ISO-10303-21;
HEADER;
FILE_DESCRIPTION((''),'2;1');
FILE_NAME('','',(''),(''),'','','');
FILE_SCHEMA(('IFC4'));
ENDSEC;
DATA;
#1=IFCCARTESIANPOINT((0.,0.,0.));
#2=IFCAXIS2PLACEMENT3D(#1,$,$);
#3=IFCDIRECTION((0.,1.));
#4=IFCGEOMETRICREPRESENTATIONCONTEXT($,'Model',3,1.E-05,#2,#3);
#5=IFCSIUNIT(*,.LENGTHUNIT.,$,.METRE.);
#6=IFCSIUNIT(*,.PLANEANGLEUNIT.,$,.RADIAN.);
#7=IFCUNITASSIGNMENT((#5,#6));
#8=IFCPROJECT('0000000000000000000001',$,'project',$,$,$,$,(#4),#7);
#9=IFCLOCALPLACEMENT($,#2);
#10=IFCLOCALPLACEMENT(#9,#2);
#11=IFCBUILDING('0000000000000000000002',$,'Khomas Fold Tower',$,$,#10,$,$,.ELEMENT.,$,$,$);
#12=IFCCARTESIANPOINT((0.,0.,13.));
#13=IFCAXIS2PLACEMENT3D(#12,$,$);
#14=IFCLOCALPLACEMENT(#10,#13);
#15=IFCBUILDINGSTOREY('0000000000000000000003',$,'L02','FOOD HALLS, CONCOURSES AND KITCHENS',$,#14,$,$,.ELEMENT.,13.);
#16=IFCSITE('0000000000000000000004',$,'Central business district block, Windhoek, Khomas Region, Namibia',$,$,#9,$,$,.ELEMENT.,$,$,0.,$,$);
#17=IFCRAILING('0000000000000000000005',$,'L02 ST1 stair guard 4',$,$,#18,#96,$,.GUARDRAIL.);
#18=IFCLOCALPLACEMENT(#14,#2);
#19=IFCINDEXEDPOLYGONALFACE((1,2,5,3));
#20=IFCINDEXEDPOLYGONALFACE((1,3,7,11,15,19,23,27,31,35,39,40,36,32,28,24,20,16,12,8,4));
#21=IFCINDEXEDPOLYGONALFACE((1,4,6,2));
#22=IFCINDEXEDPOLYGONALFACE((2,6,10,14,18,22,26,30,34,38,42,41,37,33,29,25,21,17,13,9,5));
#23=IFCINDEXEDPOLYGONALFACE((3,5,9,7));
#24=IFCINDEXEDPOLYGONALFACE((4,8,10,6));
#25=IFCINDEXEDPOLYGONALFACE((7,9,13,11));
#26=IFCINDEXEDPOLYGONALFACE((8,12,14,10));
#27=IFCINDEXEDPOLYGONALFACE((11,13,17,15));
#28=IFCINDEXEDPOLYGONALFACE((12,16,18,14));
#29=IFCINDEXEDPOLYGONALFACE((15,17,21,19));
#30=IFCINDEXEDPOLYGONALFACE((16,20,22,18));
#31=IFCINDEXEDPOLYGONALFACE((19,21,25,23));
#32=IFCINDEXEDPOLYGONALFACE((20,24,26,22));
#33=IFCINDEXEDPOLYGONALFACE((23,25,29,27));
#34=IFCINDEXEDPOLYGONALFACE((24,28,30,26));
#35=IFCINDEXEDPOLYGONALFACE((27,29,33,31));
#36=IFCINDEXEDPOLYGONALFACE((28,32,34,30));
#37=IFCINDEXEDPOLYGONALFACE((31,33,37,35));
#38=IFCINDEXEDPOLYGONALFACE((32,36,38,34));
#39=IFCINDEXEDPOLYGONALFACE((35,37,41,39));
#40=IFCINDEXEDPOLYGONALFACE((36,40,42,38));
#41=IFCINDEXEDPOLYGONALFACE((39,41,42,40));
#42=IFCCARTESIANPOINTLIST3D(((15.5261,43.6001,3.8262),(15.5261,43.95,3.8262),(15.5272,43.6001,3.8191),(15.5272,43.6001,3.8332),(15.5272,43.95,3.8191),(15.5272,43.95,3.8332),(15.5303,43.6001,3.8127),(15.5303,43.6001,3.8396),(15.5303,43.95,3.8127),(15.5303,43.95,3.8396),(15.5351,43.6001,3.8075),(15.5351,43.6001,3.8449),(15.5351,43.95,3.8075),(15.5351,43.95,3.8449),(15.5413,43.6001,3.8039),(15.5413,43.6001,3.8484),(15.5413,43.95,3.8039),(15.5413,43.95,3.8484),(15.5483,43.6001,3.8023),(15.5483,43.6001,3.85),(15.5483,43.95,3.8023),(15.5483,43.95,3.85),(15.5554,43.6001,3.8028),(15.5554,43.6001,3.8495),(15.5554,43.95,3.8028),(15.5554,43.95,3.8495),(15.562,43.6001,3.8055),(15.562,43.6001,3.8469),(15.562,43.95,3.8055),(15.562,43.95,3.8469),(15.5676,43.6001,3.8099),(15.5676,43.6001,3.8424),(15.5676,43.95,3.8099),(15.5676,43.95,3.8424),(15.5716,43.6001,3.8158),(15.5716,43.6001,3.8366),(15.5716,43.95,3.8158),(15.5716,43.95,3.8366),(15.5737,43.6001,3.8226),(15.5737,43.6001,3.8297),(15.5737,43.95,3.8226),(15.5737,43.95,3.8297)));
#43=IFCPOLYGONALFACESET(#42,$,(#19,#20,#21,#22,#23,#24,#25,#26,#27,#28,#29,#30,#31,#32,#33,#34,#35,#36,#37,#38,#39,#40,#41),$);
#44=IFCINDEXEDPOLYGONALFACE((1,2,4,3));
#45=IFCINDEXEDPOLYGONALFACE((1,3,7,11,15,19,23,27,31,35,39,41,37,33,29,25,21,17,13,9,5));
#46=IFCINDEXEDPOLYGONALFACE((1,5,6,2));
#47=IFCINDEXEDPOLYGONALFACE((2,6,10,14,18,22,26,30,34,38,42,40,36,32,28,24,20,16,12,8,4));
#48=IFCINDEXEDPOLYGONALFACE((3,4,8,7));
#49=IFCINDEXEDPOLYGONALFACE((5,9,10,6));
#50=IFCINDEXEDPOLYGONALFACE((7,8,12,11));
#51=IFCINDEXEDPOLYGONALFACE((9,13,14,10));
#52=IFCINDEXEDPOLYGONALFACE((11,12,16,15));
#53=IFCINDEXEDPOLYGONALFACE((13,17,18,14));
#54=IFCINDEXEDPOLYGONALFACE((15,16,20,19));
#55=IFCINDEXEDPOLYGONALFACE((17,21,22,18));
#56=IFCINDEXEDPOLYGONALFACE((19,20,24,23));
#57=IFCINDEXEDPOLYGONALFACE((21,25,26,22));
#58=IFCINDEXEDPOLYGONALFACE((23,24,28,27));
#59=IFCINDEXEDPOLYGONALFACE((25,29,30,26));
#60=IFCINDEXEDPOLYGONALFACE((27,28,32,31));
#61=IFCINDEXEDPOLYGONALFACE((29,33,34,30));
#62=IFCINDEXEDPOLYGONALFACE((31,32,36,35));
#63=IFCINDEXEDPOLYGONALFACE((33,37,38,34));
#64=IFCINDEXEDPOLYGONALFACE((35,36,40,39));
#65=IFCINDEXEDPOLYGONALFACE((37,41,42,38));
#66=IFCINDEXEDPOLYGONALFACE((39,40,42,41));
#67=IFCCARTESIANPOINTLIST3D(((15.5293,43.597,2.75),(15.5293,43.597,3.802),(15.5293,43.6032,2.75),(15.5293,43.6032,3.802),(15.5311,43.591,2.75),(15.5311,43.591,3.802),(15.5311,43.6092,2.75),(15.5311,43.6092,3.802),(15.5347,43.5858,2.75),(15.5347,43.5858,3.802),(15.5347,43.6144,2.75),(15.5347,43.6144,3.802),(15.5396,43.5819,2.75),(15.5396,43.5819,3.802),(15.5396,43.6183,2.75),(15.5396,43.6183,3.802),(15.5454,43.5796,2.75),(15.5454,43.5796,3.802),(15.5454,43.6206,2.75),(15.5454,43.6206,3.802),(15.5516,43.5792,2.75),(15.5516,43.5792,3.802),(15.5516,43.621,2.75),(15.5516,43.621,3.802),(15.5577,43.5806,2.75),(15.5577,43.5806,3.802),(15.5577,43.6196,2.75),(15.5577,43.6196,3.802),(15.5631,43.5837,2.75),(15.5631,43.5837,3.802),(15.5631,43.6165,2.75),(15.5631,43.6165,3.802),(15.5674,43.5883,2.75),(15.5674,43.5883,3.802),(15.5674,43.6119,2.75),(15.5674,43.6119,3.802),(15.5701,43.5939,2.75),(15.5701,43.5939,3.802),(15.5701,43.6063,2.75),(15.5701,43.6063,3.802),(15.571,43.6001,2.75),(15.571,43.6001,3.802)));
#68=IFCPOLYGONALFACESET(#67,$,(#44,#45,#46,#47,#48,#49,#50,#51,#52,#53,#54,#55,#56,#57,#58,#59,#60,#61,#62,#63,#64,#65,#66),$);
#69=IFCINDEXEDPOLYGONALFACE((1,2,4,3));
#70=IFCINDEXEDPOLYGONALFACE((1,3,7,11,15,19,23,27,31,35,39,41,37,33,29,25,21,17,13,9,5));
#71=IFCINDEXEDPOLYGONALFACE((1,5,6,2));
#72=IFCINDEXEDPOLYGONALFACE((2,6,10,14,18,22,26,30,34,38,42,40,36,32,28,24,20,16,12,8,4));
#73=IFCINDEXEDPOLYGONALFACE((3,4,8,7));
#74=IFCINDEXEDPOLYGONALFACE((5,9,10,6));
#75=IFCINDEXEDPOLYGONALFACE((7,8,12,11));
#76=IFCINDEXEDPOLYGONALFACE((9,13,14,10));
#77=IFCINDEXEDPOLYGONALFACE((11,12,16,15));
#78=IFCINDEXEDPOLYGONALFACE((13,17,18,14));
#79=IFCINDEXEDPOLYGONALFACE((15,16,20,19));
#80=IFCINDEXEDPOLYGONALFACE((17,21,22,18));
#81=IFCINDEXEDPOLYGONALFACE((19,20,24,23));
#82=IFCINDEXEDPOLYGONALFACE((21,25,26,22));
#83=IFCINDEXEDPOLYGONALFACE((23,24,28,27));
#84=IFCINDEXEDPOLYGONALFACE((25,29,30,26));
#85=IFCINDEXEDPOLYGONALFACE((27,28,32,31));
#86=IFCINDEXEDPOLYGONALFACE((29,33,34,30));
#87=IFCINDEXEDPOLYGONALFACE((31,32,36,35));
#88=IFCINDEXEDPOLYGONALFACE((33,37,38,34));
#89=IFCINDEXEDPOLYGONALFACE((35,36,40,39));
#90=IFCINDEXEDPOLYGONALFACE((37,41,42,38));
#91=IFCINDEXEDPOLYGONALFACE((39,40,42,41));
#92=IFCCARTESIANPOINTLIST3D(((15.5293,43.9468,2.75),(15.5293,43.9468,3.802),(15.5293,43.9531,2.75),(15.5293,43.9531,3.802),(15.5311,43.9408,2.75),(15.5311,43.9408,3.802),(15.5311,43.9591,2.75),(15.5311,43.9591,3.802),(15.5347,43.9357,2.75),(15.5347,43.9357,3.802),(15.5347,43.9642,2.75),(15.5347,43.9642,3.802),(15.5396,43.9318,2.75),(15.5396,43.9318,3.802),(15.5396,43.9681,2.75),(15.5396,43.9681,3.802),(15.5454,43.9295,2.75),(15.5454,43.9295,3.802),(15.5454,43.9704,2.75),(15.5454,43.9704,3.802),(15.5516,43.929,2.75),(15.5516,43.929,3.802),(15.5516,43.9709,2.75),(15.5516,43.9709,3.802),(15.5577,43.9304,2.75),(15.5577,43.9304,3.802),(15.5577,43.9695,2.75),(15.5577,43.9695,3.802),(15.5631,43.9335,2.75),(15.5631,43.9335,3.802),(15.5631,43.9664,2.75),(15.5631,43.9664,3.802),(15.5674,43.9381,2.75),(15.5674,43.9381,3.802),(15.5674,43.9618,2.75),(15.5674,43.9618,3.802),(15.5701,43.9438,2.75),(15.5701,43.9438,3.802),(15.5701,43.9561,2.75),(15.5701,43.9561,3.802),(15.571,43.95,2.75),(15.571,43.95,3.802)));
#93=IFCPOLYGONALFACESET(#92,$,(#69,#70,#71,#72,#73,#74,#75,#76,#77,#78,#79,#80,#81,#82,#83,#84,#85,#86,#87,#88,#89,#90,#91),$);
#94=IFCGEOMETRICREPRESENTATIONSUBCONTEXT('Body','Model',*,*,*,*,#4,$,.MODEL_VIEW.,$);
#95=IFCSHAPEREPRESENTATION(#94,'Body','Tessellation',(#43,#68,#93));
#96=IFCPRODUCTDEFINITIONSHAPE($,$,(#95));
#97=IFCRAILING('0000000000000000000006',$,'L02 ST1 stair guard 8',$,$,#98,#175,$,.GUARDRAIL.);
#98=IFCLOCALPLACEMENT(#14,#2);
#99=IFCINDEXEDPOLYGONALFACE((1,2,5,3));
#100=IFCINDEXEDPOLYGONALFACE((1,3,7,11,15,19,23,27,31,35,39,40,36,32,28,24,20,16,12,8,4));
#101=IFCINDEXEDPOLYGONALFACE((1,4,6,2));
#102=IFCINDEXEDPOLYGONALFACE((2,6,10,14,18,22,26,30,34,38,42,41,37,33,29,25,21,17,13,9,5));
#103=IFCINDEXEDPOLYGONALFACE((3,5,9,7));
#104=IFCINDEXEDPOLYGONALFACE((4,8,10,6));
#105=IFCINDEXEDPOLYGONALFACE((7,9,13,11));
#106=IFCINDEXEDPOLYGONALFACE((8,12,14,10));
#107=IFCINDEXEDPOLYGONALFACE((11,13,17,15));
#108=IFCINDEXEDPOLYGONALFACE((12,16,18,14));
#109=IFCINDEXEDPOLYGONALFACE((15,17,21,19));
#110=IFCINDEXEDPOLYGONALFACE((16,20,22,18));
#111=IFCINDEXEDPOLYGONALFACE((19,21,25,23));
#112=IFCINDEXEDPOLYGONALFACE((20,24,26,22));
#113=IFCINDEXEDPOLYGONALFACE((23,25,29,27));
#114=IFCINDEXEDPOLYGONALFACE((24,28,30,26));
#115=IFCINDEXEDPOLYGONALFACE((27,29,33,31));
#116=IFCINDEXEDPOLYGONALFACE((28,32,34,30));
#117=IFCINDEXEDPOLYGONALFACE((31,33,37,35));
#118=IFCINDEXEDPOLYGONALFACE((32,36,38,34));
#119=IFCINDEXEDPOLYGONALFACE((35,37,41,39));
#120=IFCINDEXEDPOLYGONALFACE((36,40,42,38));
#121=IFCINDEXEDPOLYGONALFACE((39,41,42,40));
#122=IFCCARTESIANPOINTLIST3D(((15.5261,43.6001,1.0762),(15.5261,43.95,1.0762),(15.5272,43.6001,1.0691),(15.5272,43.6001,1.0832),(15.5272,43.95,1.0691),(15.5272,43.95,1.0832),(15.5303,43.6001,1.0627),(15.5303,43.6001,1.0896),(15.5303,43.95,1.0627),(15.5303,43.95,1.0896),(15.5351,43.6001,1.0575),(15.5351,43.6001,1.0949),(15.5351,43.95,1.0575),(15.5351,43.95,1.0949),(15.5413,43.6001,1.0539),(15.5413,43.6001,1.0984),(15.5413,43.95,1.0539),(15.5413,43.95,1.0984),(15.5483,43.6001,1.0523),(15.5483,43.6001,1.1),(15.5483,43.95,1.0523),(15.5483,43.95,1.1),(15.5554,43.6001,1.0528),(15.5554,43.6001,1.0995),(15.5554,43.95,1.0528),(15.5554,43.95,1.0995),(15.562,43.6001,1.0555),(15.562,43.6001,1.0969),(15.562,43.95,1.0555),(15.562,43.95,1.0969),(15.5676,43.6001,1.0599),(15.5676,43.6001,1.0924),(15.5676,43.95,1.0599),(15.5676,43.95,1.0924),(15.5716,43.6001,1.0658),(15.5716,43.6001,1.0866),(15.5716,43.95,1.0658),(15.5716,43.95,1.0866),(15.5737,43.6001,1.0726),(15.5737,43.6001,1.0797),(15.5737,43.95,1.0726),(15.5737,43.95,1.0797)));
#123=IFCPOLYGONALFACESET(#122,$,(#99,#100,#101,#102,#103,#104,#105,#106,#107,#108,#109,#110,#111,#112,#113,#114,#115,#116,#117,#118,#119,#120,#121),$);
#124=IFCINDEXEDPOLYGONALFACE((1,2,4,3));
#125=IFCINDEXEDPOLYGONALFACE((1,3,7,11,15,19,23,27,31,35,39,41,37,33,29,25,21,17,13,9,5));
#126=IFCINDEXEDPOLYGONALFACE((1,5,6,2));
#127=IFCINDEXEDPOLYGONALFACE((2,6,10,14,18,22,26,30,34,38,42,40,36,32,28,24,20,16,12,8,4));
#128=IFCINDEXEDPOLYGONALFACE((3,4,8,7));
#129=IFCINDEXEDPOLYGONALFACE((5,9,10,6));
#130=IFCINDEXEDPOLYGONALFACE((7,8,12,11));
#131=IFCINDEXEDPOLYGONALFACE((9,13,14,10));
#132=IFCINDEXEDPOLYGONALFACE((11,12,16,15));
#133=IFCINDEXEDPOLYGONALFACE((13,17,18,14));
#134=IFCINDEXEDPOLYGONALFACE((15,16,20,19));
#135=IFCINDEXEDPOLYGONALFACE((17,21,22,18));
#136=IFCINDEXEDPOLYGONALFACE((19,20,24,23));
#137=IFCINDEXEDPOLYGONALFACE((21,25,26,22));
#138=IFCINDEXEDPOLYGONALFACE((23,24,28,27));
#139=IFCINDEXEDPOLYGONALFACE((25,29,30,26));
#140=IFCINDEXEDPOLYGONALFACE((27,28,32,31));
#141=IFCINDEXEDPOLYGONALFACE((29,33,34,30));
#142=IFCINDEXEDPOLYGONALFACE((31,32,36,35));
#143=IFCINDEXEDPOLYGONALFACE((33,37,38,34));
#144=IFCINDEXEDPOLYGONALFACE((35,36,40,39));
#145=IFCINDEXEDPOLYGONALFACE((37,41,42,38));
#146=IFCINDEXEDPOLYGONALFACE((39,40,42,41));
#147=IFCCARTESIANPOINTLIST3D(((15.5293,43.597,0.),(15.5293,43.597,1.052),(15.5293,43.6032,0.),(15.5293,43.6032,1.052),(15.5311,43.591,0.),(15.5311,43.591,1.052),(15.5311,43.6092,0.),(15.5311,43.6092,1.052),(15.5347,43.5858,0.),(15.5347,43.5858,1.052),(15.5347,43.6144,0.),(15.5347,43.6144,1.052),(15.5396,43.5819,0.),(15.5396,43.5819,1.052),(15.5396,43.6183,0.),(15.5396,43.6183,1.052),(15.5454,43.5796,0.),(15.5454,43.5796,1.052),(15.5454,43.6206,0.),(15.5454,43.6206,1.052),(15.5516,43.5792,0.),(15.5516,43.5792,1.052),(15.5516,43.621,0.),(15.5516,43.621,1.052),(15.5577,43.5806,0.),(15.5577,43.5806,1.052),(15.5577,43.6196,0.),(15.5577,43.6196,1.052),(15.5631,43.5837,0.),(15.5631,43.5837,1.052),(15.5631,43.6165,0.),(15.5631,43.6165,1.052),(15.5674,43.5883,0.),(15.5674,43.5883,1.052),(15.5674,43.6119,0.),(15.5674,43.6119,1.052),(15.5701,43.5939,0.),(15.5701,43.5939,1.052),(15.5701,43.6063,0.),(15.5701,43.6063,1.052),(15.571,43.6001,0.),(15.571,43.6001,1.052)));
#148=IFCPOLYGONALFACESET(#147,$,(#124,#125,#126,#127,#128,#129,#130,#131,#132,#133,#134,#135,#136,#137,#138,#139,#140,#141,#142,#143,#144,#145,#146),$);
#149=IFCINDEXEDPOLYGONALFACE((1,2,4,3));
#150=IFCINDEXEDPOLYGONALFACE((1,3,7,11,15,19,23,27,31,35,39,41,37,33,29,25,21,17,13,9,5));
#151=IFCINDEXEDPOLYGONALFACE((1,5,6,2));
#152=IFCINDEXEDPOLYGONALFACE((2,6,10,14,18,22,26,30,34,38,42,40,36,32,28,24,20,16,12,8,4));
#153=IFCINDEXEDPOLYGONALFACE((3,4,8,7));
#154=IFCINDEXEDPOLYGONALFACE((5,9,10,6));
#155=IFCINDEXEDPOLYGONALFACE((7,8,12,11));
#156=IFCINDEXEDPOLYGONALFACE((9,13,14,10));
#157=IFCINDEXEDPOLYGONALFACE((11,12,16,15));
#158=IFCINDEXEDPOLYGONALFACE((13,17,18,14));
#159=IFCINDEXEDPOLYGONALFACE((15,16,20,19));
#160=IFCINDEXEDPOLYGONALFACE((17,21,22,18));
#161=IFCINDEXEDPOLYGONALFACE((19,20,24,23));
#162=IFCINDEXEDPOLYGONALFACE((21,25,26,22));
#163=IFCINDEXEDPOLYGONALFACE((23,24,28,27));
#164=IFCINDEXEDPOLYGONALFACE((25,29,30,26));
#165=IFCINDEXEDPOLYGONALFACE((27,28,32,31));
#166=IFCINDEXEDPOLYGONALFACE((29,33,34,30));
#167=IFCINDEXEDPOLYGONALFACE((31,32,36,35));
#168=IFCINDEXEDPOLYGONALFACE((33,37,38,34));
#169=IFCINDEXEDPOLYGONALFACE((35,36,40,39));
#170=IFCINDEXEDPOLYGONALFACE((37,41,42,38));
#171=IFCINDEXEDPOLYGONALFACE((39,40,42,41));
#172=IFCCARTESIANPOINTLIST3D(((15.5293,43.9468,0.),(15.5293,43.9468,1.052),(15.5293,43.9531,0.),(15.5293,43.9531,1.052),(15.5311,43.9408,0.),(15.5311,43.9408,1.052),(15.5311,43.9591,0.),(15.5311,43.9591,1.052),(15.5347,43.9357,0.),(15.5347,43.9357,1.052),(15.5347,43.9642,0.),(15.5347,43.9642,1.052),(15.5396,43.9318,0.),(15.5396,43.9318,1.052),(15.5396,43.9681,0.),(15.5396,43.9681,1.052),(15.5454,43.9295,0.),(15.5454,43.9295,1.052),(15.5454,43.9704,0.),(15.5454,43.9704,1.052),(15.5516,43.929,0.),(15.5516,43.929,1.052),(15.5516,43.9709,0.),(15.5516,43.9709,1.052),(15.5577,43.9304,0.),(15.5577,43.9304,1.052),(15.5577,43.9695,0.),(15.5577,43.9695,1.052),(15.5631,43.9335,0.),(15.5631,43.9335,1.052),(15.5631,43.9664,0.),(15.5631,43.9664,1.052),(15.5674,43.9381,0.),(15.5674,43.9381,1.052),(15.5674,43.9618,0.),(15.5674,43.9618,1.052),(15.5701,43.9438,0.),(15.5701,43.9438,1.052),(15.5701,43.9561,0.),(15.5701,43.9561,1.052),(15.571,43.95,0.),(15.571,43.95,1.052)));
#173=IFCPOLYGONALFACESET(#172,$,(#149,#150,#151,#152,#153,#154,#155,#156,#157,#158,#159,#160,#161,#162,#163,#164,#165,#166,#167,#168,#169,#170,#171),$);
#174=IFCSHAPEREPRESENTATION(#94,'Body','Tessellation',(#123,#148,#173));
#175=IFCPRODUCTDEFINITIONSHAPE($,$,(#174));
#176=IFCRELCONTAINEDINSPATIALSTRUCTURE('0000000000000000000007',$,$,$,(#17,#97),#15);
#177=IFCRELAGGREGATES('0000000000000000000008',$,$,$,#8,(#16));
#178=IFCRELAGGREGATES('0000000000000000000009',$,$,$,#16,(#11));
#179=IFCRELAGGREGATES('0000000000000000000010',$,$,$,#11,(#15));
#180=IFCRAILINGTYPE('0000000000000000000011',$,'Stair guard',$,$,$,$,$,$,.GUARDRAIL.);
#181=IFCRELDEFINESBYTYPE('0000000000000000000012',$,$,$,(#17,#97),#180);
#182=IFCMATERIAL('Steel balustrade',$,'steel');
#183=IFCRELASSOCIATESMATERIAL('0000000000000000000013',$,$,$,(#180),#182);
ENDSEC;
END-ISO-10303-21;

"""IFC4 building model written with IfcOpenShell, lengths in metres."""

from ifc_helpers import new_model, si_unit, direction, frame, origin, origin_2d, place, context, subcontext, project, spatial, circle, extrude, source, transform, mapped, material, type_object, element, save


model = new_model("IFC4")

# Units and contexts
model_context = context("Model", 3, precision=1e-05, world=origin(), true_north=direction((0.0, 1.0)))
body_context = subcontext(model_context, "Body", "Model", "MODEL_VIEW")
ifc_project = project(units=[si_unit("LENGTHUNIT", "METRE"), si_unit("PLANEANGLEUNIT", "RADIAN")], contexts=[model_context])

# Site, building, storey
site_placement = place(None, origin())
site = spatial("IfcSite", under=ifc_project, at=site_placement, Name="Central business district block, Windhoek, Khomas Region, Namibia", CompositionType="ELEMENT", RefElevation=0.0)
building_placement = place(site_placement, origin())
building = spatial("IfcBuilding", under=site, at=building_placement, Name="Khomas Fold Tower", CompositionType="ELEMENT")
storey_placement = place(building_placement, frame((0.0, 0.0, 13.0)))
storey = spatial("IfcBuildingStorey", under=building, at=storey_placement, Name="L02", Description="FOOD HALLS, CONCOURSES AND KITCHENS", CompositionType="ELEMENT", Elevation=13.0)

# Railings
ifc_material_1 = material(Name="Steel balustrade", Category="steel")
railing_type_1 = type_object("IfcRailingType", Name="Stair guard", PredefinedType="GUARDRAIL", material=ifc_material_1)
shared_shape_1 = source(origin(), body_context, "Body", "SweptSolid", [
    extrude(circle(Radius=0.0239, at=origin_2d()), frame((0.0, 0.0, 1.0762), z_axis=(0.0, 1.0, 0.0), x_axis=(-1.0, 0.0, 0.0)), (0.0, 0.0, 1.0), 0.3499),
    extrude(circle(Radius=0.021, at=origin_2d()), origin(), (0.0, 0.0, 1.0), 1.052),
    extrude(circle(Radius=0.021, at=origin_2d()), frame((0.0, 0.3499, 0.0)), (0.0, 0.0, 1.0), 1.052),
])
for number, where, name in (
    (1, (15.55, 43.6001, 2.75), "L02 ST1 stair guard 4"),
    (2, (15.55, 43.6001, 0.0), "L02 ST1 stair guard 8"),
):
    element("IfcRailing", number, at=place(storey_placement, frame(where)), inside=storey, type_object=railing_type_1, Name=name, PredefinedType="GUARDRAIL", context=body_context, shape_type="MappedRepresentation", body=[
        mapped(shared_shape_1, transform((0.0, 0.0, 0.0))),
    ])

save(model, "model.ifc")
